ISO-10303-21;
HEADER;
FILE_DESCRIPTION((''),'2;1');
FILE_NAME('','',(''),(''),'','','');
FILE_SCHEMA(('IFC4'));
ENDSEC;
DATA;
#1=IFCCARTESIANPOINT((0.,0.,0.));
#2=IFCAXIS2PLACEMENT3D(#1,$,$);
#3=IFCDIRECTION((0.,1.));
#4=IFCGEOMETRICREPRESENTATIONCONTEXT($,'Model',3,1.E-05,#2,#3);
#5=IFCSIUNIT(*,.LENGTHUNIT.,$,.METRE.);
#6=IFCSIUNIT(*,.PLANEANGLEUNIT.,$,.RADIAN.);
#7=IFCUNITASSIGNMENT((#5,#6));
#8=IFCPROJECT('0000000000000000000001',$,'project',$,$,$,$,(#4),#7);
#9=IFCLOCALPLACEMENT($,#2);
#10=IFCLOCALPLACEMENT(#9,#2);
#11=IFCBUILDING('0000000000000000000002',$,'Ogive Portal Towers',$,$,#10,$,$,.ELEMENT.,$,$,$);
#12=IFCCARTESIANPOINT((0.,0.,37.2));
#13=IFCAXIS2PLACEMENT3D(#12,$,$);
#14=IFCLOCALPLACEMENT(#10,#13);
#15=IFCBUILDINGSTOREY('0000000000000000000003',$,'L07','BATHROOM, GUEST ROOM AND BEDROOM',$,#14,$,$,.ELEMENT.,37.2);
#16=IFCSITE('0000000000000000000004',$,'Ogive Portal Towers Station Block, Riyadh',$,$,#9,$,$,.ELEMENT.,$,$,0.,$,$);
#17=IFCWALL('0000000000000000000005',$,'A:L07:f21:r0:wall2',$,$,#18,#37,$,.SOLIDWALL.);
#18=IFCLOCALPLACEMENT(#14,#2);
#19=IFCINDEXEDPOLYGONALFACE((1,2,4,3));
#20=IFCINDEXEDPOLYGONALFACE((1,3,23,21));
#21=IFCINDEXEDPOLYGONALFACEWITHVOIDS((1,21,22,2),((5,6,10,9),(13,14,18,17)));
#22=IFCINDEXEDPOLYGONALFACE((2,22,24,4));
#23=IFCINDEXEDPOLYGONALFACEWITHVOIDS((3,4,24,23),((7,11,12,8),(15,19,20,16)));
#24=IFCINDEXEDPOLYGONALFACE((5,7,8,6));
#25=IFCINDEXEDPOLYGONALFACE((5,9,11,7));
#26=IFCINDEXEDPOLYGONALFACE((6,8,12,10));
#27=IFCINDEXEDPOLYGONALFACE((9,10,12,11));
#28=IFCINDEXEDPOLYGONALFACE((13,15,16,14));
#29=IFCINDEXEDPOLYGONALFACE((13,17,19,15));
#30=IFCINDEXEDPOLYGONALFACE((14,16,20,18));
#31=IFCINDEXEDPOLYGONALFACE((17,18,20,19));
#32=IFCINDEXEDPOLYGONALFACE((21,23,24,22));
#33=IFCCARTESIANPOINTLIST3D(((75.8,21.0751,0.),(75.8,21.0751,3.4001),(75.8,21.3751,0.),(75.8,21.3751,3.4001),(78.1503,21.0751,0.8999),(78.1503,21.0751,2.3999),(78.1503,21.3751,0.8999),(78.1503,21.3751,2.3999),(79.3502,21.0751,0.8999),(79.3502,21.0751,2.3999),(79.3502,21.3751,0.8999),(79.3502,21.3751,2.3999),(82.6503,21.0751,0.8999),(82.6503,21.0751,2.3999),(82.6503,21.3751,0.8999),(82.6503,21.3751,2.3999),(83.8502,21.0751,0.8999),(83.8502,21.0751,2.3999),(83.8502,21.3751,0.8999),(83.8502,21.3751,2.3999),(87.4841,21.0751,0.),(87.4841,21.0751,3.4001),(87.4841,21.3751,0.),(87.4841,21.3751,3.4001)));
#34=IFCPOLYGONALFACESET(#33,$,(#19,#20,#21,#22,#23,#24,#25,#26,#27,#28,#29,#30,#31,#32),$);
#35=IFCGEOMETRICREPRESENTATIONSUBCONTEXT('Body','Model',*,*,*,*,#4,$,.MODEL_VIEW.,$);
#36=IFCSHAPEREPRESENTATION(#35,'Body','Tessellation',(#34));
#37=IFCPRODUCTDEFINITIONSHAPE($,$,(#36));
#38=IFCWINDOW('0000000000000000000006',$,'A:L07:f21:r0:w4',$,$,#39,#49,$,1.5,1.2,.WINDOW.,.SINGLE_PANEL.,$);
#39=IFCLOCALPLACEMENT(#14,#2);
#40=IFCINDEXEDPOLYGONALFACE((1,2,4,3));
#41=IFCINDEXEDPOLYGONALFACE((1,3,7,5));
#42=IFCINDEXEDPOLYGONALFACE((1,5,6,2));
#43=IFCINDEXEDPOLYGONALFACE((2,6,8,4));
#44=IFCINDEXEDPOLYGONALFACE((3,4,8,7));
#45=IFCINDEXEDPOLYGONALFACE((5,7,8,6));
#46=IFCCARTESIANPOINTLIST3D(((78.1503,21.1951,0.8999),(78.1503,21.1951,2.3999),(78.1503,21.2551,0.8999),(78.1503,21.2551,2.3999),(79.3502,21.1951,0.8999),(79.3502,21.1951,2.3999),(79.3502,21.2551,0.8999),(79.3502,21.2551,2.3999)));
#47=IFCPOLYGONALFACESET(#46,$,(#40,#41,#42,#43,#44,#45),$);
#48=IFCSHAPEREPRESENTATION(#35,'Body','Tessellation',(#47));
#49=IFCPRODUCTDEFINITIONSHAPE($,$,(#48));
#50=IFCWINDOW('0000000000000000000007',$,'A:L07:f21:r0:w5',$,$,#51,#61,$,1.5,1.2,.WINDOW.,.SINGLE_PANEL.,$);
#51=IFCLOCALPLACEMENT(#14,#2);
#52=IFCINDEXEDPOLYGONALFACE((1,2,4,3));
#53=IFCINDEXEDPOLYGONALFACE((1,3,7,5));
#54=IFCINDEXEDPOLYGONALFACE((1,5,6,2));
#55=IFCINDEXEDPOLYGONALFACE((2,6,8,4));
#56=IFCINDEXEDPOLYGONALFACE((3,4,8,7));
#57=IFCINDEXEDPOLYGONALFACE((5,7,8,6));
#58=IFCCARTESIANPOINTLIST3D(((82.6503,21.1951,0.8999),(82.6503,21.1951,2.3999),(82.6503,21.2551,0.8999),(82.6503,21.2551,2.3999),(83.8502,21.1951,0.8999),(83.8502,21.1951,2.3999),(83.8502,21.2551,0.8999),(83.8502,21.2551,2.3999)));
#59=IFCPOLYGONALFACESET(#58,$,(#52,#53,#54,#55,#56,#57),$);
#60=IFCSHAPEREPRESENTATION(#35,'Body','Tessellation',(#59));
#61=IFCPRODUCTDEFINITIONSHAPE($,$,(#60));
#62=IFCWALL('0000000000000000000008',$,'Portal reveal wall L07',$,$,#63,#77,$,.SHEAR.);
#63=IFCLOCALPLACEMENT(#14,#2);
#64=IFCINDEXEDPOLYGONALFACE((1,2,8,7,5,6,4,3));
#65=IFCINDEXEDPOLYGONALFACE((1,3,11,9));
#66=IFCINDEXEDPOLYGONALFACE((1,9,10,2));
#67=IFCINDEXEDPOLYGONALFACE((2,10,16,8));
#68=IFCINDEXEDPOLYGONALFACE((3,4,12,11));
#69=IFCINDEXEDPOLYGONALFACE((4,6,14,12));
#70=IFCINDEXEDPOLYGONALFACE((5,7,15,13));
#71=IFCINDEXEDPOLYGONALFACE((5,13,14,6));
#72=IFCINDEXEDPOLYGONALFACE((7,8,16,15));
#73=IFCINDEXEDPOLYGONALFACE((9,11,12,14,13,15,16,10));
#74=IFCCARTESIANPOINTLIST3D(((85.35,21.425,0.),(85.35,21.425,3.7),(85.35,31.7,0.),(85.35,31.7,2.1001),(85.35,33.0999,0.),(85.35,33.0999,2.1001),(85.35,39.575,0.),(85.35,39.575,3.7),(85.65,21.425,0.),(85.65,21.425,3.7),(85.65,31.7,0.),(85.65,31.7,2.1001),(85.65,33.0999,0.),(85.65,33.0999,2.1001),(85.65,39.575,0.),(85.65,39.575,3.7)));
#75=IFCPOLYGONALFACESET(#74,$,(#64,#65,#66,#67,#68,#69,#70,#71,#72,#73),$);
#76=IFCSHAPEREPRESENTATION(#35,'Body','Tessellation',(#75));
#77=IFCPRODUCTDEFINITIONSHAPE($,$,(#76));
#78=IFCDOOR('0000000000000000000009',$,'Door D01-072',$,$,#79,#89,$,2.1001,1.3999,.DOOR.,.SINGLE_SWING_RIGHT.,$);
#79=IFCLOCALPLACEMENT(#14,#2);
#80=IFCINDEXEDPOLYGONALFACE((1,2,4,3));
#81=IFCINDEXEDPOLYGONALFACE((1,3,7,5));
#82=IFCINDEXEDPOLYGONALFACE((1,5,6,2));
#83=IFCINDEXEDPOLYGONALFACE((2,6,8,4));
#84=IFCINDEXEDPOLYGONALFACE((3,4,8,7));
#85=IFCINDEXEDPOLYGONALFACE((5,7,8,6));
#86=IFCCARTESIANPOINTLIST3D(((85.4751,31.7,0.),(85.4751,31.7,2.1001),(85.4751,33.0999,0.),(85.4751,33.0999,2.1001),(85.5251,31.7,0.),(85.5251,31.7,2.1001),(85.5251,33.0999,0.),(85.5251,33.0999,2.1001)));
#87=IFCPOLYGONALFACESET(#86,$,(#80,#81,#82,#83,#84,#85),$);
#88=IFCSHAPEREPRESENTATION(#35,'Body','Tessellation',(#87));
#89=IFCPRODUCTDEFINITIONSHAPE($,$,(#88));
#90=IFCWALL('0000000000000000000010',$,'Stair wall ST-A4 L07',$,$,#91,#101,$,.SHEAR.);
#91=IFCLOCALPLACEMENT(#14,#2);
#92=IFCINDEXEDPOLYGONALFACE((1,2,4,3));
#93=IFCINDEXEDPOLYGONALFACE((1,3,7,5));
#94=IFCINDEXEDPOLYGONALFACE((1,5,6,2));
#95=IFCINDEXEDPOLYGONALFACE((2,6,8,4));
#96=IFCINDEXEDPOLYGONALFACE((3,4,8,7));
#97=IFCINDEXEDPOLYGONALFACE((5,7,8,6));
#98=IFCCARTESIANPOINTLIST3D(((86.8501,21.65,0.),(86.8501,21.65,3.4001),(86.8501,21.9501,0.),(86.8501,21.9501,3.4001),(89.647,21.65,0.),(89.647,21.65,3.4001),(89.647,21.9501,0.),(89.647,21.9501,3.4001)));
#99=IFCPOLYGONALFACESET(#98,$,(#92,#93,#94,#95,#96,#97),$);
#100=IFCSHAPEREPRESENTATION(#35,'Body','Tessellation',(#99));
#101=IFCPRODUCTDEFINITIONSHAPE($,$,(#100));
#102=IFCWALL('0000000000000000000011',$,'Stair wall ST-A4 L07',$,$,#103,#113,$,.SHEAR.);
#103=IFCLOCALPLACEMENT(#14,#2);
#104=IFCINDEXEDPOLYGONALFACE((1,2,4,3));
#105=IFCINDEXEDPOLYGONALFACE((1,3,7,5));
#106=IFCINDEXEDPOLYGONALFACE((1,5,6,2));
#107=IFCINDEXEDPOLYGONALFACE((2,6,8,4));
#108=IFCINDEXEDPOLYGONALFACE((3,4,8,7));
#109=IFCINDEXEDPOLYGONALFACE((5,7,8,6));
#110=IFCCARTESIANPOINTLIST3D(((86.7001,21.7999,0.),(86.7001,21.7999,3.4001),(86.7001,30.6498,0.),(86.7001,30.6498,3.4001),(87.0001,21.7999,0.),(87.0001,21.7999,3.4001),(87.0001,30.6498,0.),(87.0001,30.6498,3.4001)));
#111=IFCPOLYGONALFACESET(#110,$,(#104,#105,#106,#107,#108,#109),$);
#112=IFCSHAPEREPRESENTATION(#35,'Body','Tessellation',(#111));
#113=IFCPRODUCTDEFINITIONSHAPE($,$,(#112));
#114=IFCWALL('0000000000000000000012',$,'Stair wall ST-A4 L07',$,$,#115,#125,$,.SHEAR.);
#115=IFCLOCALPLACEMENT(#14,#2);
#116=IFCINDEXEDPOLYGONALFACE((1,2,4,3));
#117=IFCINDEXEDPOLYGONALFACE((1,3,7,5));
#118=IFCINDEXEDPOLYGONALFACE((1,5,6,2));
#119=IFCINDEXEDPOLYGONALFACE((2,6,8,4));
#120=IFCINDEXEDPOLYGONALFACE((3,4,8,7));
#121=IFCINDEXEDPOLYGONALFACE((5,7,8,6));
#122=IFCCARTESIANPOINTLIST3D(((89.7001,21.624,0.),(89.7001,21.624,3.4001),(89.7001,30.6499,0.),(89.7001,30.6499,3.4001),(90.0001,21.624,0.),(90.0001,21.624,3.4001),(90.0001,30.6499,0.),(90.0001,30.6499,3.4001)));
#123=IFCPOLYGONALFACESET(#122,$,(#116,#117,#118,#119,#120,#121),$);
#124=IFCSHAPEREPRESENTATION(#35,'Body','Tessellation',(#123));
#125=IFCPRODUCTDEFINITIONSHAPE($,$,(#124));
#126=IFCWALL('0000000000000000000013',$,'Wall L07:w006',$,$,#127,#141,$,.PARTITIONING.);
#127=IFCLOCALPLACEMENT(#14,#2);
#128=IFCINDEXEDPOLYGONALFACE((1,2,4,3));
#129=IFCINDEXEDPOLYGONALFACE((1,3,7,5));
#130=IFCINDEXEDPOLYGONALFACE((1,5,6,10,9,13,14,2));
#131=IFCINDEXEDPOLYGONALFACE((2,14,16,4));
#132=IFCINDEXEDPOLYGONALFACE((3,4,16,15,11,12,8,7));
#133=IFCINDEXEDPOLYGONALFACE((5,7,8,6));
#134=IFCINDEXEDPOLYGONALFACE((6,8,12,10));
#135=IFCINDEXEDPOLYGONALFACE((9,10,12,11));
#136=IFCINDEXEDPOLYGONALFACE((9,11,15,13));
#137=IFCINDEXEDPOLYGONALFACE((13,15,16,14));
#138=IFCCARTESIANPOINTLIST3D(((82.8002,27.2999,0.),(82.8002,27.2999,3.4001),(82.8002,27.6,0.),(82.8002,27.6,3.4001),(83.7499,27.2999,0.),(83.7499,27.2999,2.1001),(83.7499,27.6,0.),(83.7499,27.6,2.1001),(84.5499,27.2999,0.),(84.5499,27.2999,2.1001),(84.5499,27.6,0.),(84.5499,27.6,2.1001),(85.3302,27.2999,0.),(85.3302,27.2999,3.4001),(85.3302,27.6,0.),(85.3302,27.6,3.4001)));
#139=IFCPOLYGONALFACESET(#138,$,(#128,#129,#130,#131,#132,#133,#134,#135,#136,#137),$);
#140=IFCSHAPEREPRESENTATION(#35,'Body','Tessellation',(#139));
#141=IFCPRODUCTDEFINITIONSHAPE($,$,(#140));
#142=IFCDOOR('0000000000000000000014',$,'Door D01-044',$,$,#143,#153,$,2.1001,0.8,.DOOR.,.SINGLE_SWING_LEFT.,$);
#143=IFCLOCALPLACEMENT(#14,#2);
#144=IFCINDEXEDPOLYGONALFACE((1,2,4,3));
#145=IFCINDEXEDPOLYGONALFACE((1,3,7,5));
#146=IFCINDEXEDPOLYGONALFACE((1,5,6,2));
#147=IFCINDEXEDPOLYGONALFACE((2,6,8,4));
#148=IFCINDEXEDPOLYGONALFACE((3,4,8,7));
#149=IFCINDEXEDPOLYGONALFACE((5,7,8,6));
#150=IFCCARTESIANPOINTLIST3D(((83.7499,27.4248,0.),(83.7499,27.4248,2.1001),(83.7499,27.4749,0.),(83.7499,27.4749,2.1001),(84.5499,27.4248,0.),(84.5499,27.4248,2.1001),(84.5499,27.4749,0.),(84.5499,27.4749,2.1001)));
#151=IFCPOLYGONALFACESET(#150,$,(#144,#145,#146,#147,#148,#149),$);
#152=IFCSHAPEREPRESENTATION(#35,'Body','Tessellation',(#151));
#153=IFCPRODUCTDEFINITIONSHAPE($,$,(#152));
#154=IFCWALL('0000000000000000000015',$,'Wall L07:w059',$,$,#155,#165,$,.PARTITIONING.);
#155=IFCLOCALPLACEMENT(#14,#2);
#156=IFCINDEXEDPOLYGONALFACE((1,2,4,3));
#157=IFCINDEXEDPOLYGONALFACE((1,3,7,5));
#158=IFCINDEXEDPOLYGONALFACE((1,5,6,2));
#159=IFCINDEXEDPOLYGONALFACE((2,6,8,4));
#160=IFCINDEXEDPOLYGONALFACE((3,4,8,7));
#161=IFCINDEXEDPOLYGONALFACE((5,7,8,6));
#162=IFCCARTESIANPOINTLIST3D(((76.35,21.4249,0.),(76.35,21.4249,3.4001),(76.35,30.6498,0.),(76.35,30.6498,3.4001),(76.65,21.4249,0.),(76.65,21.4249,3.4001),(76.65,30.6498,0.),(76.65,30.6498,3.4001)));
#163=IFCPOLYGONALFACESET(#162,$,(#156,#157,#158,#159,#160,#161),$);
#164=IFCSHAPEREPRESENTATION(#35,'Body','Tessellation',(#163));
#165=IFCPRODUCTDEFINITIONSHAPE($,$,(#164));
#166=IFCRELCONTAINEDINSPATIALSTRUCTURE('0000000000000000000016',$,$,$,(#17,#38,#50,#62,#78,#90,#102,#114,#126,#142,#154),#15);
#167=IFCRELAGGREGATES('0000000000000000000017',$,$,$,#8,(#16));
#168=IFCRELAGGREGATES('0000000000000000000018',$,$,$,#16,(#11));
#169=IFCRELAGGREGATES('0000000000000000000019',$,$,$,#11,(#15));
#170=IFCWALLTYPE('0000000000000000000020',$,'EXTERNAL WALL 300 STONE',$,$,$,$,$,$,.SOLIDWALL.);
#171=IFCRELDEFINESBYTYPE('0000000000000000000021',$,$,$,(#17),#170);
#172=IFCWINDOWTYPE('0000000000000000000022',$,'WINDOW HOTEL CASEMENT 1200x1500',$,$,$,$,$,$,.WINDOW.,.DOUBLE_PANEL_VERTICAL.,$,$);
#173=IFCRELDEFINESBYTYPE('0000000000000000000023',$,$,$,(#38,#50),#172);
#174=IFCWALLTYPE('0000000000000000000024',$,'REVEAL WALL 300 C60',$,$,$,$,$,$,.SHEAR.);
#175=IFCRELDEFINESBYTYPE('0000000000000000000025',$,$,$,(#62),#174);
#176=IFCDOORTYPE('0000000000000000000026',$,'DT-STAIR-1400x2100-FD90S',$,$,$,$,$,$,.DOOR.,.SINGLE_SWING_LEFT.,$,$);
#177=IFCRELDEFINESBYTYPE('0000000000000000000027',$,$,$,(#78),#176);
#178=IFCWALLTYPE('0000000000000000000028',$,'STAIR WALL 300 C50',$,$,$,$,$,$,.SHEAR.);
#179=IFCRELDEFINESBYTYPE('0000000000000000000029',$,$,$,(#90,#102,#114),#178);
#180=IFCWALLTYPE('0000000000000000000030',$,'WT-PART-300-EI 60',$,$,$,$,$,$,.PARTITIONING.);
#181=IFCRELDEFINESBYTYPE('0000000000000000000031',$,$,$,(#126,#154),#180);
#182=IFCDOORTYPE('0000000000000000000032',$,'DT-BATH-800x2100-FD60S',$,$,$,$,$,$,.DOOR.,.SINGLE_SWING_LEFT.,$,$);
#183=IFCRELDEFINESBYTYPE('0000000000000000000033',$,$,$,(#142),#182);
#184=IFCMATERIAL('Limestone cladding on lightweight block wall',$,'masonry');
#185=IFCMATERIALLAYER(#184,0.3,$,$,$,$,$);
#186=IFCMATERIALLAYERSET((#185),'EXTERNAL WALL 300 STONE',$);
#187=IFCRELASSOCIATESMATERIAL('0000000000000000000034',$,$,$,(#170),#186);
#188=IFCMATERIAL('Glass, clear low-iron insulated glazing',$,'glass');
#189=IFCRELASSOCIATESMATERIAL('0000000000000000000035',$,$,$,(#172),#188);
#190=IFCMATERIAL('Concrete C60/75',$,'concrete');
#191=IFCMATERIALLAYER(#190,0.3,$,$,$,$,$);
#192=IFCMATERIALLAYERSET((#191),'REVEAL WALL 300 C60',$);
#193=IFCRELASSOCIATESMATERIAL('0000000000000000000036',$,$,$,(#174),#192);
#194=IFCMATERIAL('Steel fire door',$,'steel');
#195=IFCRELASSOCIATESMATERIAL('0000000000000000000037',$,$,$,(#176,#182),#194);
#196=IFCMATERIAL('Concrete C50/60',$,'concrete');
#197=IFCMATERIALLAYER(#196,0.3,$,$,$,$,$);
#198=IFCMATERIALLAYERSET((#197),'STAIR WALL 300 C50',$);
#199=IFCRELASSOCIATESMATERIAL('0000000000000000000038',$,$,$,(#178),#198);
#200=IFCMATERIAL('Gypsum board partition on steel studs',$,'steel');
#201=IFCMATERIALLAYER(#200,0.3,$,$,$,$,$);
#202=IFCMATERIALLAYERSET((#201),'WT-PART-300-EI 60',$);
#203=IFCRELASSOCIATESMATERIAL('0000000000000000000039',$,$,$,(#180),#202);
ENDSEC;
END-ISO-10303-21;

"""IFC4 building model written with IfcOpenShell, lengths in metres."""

from ifc_helpers import new_model, si_unit, direction, frame, frame_2d, origin, place, context, subcontext, project, spatial, rectangle, extrude, material, layer, layer_set, type_object, element, fill, save


model = new_model("IFC4")

# Units and contexts
model_context = context("Model", 3, precision=1e-05, world=origin(), true_north=direction((0.0, 1.0)))
body_context = subcontext(model_context, "Body", "Model", "MODEL_VIEW")
ifc_project = project(units=[si_unit("LENGTHUNIT", "METRE"), si_unit("PLANEANGLEUNIT", "RADIAN")], contexts=[model_context])

# Site, building, storey
site_placement = place(None, origin())
site = spatial("IfcSite", under=ifc_project, at=site_placement, Name="Ogive Portal Towers Station Block, Riyadh", CompositionType="ELEMENT", RefElevation=0.0)
building_placement = place(site_placement, origin())
building = spatial("IfcBuilding", under=site, at=building_placement, Name="Ogive Portal Towers", CompositionType="ELEMENT")
storey_placement = place(building_placement, frame((0.0, 0.0, 37.2)))
storey = spatial("IfcBuildingStorey", under=building, at=storey_placement, Name="L07", Description="BATHROOM, GUEST ROOM AND BEDROOM", CompositionType="ELEMENT", Elevation=37.2)

# Shared definitions
ifc_material_1 = material(Name="Concrete C60/75", Category="concrete")

# Shared definitions
ifc_material_2 = material(Name="Glass, clear low-iron insulated glazing", Category="glass")

# Wall, openings, windows
ifc_material_3 = material(Name="Limestone cladding on lightweight block wall", Category="masonry")
ifc_layer_1 = layer(ifc_material_3, 0.3)
ifc_layer_set_1 = layer_set([ifc_layer_1], Name="EXTERNAL WALL 300 STONE")
wall_type_1 = type_object("IfcWallType", Name="EXTERNAL WALL 300 STONE", PredefinedType="SOLIDWALL", material=ifc_layer_set_1)
wall_1_placement = place(storey_placement, frame((75.8, 21.2251, 0.0), z_axis=(0.0, 0.0, 1.0), x_axis=(1.0, 0.0, 0.0)))
wall_1 = element("IfcWall", 1, at=wall_1_placement, inside=storey, type_object=wall_type_1, Name="A:L07:f21:r0:wall2", PredefinedType="SOLIDWALL", context=body_context, shape_type="SweptSolid", body=[
    extrude(rectangle(XDim=11.6841, YDim=0.3, at=frame_2d((5.842, 0.0))), origin(), (0.0, 0.0, 1.0), 3.4001),
])
opening_1_placement = place(wall_1_placement, frame((2.3501, 0.0, 0.8999)))
opening_1 = element("IfcOpeningElement", 2, at=opening_1_placement, cuts=wall_1, PredefinedType="OPENING", context=body_context, shape_type="SweptSolid", body=[
    extrude(rectangle(XDim=1.2, YDim=1.5, at=frame_2d((0.6001, 0.75))), frame((0.0, 0.1602, 0.0), z_axis=(0.0, -1.0, 0.0), x_axis=(1.0, 0.0, 0.0)), (0.0, 0.0, 1.0), 0.3201),
])
opening_2_placement = place(wall_1_placement, frame((6.8501, 0.0, 0.8999)))
opening_2 = element("IfcOpeningElement", 3, at=opening_2_placement, cuts=wall_1, PredefinedType="OPENING", context=body_context, shape_type="SweptSolid", body=[
    extrude(rectangle(XDim=1.2, YDim=1.5, at=frame_2d((0.6001, 0.75))), frame((0.0, 0.1602, 0.0), z_axis=(0.0, -1.0, 0.0), x_axis=(1.0, 0.0, 0.0)), (0.0, 0.0, 1.0), 0.3201),
])
window_type = type_object("IfcWindowType", Name="WINDOW HOTEL CASEMENT 1200x1500", PartitioningType="DOUBLE_PANEL_VERTICAL", PredefinedType="WINDOW", material=ifc_material_2)
window_1_placement = place(opening_1_placement, origin())
window_1 = element("IfcWindow", 4, at=window_1_placement, inside=storey, type_object=window_type, Name="A:L07:f21:r0:w4", OverallHeight=1.5, OverallWidth=1.2, PartitioningType="SINGLE_PANEL", PredefinedType="WINDOW", context=body_context, shape_type="SweptSolid", body=[
    extrude(rectangle(XDim=1.2, YDim=1.5, at=frame_2d((0.6001, 0.75))), frame((0.0, 0.03, 0.0), z_axis=(0.0, -1.0, 0.0), x_axis=(1.0, 0.0, 0.0)), (0.0, 0.0, 1.0), 0.0601),
])
fill(opening_1, window_1)
window_2_placement = place(opening_2_placement, origin())
window_2 = element("IfcWindow", 5, at=window_2_placement, inside=storey, type_object=window_type, Name="A:L07:f21:r0:w5", OverallHeight=1.5, OverallWidth=1.2, PartitioningType="SINGLE_PANEL", PredefinedType="WINDOW", context=body_context, shape_type="SweptSolid", body=[
    extrude(rectangle(XDim=1.2, YDim=1.5, at=frame_2d((0.6001, 0.75))), frame((0.0, 0.03, 0.0), z_axis=(0.0, -1.0, 0.0), x_axis=(1.0, 0.0, 0.0)), (0.0, 0.0, 1.0), 0.0601),
])
fill(opening_2, window_2)

# Wall, opening, door
ifc_layer_2 = layer(ifc_material_1, 0.3)
ifc_layer_set_2 = layer_set([ifc_layer_2], Name="REVEAL WALL 300 C60")
wall_type_2 = type_object("IfcWallType", Name="REVEAL WALL 300 C60", PredefinedType="SHEAR", material=ifc_layer_set_2)
wall_2_placement = place(storey_placement, frame((85.5, 21.425, 0.0), z_axis=(0.0, 0.0, 1.0), x_axis=(0.0, 1.0, 0.0)))
wall_2 = element("IfcWall", 6, at=wall_2_placement, inside=storey, type_object=wall_type_2, Name="Portal reveal wall L07", PredefinedType="SHEAR", context=body_context, shape_type="SweptSolid", body=[
    extrude(rectangle(XDim=18.1499, YDim=0.3, at=frame_2d((9.075, 0.0))), origin(), (0.0, 0.0, 1.0), 3.7),
])
opening_3_placement = place(wall_2_placement, frame((10.2749, 0.0, 0.0)))
opening_3 = element("IfcOpeningElement", 7, at=opening_3_placement, cuts=wall_2, PredefinedType="OPENING", context=body_context, shape_type="SweptSolid", body=[
    extrude(rectangle(XDim=1.3999, YDim=2.1001, at=frame_2d((0.7, 1.05))), frame((0.0, 0.1602, 0.0), z_axis=(0.0, -1.0, 0.0), x_axis=(1.0, 0.0, 0.0)), (0.0, 0.0, 1.0), 0.3201),
])
ifc_material_4 = material(Name="Steel fire door", Category="steel")
door_type_1 = type_object("IfcDoorType", Name="DT-STAIR-1400x2100-FD90S", OperationType="SINGLE_SWING_LEFT", PredefinedType="DOOR", material=ifc_material_4)
door_1_placement = place(opening_3_placement, origin())
door_1 = element("IfcDoor", 8, at=door_1_placement, inside=storey, type_object=door_type_1, Name="Door D01-072", OperationType="SINGLE_SWING_RIGHT", OverallHeight=2.1001, OverallWidth=1.3999, PredefinedType="DOOR", context=body_context, shape_type="SweptSolid", body=[
    extrude(rectangle(XDim=1.3999, YDim=2.1001, at=frame_2d((0.7, 1.05))), frame((0.0, 0.0249, 0.0), z_axis=(0.0, -1.0, 0.0), x_axis=(1.0, 0.0, 0.0)), (0.0, 0.0, 1.0), 0.05),
])
fill(opening_3, door_1)

# Walls
ifc_material_5 = material(Name="Concrete C50/60", Category="concrete")
ifc_layer_3 = layer(ifc_material_5, 0.3)
ifc_layer_set_3 = layer_set([ifc_layer_3], Name="STAIR WALL 300 C50")
wall_type_3 = type_object("IfcWallType", Name="STAIR WALL 300 C50", PredefinedType="SHEAR", material=ifc_layer_set_3)
wall_3_placement = place(storey_placement, frame((86.8501, 21.8, 0.0), z_axis=(0.0, 0.0, 1.0), x_axis=(1.0, 0.0, 0.0)))
element("IfcWall", 9, at=wall_3_placement, inside=storey, type_object=wall_type_3, Name="Stair wall ST-A4 L07", PredefinedType="SHEAR", context=body_context, shape_type="SweptSolid", body=[
    extrude(rectangle(XDim=2.7969, YDim=0.3, at=frame_2d((1.3984, 0.0))), origin(), (0.0, 0.0, 1.0), 3.4001),
])
wall_4_placement = place(storey_placement, frame((86.8501, 21.8, 0.0), z_axis=(0.0, 0.0, 1.0), x_axis=(0.0, 1.0, 0.0)))
element("IfcWall", 10, at=wall_4_placement, inside=storey, type_object=wall_type_3, Name="Stair wall ST-A4 L07", PredefinedType="SHEAR", context=body_context, shape_type="SweptSolid", body=[
    extrude(rectangle(XDim=8.8499, YDim=0.3, at=frame_2d((4.4248, 0.0))), origin(), (0.0, 0.0, 1.0), 3.4001),
])
wall_5_placement = place(storey_placement, frame((89.8501, 21.624, 0.0), z_axis=(0.0, 0.0, 1.0), x_axis=(0.0, 1.0, 0.0)))
element("IfcWall", 11, at=wall_5_placement, inside=storey, type_object=wall_type_3, Name="Stair wall ST-A4 L07", PredefinedType="SHEAR", context=body_context, shape_type="SweptSolid", body=[
    extrude(rectangle(XDim=9.0259, YDim=0.3, at=frame_2d((4.5129, 0.0))), origin(), (0.0, 0.0, 1.0), 3.4001),
])

# Wall, opening, door
ifc_material_6 = material(Name="Gypsum board partition on steel studs", Category="steel")
ifc_layer_4 = layer(ifc_material_6, 0.3)
ifc_layer_set_4 = layer_set([ifc_layer_4], Name="WT-PART-300-EI 60")
wall_type_4 = type_object("IfcWallType", Name="WT-PART-300-EI 60", PredefinedType="PARTITIONING", material=ifc_layer_set_4)
wall_6_placement = place(storey_placement, frame((82.8, 27.45, 0.0), z_axis=(0.0, 0.0, 1.0), x_axis=(1.0, 0.0, 0.0)))
wall_6 = element("IfcWall", 12, at=wall_6_placement, inside=storey, type_object=wall_type_4, Name="Wall L07:w006", PredefinedType="PARTITIONING", context=body_context, shape_type="SweptSolid", body=[
    extrude(rectangle(XDim=2.53, YDim=0.3, at=frame_2d((1.2651, 0.0))), origin(), (0.0, 0.0, 1.0), 3.4001),
])
opening_4_placement = place(wall_6_placement, frame((0.95, 0.0, 0.0)))
opening_4 = element("IfcOpeningElement", 13, at=opening_4_placement, cuts=wall_6, PredefinedType="OPENING", context=body_context, shape_type="SweptSolid", body=[
    extrude(rectangle(XDim=0.8, YDim=2.1001, at=frame_2d((0.3999, 1.05))), frame((0.0, 0.1602, 0.0), z_axis=(0.0, -1.0, 0.0), x_axis=(1.0, 0.0, 0.0)), (0.0, 0.0, 1.0), 0.3201),
])
door_type_2 = type_object("IfcDoorType", Name="DT-BATH-800x2100-FD60S", OperationType="SINGLE_SWING_LEFT", PredefinedType="DOOR", material=ifc_material_4)
door_2_placement = place(opening_4_placement, origin())
door_2 = element("IfcDoor", 14, at=door_2_placement, inside=storey, type_object=door_type_2, Name="Door D01-044", OperationType="SINGLE_SWING_LEFT", OverallHeight=2.1001, OverallWidth=0.8, PredefinedType="DOOR", context=body_context, shape_type="SweptSolid", body=[
    extrude(rectangle(XDim=0.8, YDim=2.1001, at=frame_2d((0.3999, 1.05))), frame((0.0, 0.0249, 0.0), z_axis=(0.0, -1.0, 0.0), x_axis=(1.0, 0.0, 0.0)), (0.0, 0.0, 1.0), 0.05),
])
fill(opening_4, door_2)

# Wall
for number, where, z_axis, x_axis, name in (
    (15, (76.5, 21.425, 0.0), (0.0, 0.0, 1.0), (0.0, 1.0, 0.0), "Wall L07:w059"),
):
    element("IfcWall", number, at=place(storey_placement, frame(where, z_axis=z_axis, x_axis=x_axis)), inside=storey, type_object=wall_type_4, Name=name, PredefinedType="PARTITIONING", context=body_context, shape_type="SweptSolid", body=[
        extrude(rectangle(XDim=9.2249, YDim=0.3, at=frame_2d((4.6123, 0.0))), origin(), (0.0, 0.0, 1.0), 3.4001),
    ])

save(model, "model.ifc")
